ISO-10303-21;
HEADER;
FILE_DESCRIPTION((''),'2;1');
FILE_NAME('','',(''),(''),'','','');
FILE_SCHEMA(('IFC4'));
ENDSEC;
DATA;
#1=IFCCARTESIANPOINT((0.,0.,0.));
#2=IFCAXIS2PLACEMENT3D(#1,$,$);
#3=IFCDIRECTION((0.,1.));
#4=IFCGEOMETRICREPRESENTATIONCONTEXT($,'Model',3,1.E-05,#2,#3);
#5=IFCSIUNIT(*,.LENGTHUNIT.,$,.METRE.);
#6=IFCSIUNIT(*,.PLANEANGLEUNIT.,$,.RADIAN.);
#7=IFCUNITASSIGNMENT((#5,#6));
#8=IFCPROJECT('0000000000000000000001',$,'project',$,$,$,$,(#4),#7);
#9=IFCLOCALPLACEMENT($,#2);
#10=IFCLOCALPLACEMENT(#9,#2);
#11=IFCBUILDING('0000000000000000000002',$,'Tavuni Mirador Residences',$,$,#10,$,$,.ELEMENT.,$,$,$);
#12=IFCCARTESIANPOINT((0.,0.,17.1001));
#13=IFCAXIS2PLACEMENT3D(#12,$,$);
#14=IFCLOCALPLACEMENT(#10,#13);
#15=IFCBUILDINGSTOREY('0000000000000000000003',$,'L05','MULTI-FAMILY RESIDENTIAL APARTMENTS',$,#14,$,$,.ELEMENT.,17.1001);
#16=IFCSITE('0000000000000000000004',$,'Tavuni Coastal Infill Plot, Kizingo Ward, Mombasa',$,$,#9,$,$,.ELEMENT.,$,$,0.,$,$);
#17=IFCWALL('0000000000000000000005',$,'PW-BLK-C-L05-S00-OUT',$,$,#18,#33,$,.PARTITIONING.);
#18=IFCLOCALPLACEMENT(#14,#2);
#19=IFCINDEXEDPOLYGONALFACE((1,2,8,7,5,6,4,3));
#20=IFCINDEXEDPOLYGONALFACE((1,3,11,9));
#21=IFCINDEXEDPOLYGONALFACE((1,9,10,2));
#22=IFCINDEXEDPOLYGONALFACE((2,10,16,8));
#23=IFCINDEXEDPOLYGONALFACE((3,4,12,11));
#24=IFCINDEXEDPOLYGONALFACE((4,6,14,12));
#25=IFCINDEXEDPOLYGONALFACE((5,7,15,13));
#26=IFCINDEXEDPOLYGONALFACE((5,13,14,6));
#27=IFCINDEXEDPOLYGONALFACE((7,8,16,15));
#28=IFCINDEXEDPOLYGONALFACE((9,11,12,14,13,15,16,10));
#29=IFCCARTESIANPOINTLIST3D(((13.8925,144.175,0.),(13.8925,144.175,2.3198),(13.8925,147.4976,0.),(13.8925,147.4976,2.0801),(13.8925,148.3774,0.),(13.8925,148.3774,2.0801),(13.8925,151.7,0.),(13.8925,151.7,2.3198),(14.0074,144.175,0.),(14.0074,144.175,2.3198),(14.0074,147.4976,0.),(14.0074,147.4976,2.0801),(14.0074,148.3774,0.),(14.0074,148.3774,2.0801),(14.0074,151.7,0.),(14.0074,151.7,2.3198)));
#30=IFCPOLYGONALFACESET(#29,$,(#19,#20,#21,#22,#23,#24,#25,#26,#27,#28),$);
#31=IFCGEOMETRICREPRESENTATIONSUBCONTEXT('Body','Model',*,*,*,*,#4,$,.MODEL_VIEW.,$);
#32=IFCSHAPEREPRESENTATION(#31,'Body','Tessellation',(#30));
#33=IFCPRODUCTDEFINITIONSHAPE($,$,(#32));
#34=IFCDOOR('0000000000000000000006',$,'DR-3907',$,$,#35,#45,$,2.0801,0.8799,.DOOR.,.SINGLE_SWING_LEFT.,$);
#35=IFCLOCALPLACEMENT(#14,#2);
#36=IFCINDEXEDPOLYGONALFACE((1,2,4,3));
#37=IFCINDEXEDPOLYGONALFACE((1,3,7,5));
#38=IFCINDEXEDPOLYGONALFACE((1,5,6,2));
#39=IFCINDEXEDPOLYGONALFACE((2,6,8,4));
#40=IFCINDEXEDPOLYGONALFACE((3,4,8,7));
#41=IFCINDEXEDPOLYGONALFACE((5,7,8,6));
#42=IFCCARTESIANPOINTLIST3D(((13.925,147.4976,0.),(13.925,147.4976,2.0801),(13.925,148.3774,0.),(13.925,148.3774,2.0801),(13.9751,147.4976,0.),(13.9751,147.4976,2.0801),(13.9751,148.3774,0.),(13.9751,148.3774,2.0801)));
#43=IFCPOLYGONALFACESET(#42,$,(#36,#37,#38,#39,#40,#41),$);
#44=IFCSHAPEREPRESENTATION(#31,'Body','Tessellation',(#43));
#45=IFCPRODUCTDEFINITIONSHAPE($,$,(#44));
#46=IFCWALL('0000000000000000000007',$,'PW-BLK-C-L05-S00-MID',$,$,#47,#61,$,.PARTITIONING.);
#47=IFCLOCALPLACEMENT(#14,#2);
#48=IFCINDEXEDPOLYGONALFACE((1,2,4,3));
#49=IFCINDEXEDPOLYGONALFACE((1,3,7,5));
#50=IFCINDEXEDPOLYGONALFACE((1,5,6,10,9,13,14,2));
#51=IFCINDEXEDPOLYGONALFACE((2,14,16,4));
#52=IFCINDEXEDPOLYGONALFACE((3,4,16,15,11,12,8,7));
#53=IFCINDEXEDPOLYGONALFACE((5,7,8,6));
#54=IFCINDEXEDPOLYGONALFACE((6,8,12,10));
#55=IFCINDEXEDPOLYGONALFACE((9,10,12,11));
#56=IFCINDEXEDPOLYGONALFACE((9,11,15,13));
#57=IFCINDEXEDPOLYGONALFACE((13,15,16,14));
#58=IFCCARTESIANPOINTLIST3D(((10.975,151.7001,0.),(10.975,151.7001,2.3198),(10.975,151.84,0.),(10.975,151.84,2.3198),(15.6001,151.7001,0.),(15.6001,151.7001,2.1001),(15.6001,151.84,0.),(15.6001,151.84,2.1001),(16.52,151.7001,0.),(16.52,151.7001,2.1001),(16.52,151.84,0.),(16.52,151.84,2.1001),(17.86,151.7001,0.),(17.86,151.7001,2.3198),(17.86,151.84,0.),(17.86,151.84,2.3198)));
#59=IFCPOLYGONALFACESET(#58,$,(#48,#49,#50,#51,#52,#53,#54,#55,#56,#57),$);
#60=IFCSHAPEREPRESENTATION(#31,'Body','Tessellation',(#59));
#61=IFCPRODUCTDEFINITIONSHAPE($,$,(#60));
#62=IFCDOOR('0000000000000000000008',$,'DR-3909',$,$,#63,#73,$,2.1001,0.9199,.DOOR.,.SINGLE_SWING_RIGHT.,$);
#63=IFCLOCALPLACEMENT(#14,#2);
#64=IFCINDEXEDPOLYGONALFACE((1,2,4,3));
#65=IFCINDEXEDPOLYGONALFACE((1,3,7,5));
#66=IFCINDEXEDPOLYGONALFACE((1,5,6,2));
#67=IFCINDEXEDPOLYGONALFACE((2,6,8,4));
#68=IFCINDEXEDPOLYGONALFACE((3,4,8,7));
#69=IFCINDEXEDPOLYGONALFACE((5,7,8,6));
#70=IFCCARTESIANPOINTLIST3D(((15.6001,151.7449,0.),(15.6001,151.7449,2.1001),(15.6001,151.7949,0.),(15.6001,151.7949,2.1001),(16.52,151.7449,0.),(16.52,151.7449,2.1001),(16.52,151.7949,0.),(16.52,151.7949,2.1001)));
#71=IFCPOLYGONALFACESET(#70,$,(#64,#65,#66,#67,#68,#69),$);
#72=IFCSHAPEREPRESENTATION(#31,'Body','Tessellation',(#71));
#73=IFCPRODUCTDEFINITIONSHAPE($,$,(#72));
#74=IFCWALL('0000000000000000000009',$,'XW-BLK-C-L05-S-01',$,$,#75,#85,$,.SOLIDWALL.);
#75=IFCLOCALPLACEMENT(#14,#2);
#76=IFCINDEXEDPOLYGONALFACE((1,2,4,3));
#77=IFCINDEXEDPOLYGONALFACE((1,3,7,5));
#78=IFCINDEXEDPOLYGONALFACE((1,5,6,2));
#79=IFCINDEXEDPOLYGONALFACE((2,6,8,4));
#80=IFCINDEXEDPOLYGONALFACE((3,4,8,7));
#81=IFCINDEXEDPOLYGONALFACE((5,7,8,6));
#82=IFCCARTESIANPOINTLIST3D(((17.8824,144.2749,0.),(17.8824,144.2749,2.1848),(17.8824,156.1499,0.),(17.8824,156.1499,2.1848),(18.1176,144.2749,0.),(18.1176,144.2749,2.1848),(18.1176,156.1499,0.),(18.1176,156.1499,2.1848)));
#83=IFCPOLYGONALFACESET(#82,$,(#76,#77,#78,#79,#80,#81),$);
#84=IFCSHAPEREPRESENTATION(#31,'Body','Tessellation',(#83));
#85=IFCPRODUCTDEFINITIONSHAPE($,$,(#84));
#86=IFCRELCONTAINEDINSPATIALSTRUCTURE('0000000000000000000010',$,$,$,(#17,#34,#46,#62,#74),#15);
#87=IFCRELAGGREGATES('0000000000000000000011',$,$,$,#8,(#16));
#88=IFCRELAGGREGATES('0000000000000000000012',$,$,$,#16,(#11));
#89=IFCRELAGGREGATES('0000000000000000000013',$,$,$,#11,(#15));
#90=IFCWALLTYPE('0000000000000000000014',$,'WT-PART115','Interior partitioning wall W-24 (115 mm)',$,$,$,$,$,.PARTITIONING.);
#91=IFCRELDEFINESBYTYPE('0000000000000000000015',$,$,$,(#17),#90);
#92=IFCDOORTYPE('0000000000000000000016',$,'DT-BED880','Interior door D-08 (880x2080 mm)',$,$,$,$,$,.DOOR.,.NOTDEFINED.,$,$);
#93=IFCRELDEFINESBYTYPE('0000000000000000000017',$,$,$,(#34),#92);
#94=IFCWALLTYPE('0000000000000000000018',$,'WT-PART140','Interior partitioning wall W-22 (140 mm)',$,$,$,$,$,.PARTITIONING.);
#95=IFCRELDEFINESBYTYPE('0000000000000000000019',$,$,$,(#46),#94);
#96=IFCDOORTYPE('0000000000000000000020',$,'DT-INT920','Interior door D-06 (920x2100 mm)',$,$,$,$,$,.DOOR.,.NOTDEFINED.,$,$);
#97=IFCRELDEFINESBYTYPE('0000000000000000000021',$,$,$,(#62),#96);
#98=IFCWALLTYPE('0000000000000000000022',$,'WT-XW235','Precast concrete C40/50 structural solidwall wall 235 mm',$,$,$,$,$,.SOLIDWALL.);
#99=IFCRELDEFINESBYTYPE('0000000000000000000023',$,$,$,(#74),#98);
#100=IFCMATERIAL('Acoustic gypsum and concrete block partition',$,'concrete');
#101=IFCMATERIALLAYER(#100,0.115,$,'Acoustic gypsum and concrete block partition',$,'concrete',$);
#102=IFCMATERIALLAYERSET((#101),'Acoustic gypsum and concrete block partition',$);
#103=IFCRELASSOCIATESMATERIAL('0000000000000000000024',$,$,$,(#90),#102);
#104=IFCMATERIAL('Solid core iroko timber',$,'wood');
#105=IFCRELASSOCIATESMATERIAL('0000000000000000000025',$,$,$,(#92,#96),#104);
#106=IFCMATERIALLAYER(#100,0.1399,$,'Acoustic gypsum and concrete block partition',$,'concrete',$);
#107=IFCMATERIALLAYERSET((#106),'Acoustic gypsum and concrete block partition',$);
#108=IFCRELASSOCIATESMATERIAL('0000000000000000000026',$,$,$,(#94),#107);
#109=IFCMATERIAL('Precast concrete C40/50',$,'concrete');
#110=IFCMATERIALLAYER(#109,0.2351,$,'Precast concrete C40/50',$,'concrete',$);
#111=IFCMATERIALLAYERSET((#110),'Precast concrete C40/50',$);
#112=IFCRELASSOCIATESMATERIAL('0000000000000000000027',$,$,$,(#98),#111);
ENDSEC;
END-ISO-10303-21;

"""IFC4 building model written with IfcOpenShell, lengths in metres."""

from ifc_helpers import new_model, si_unit, direction, frame, frame_2d, origin, place, context, subcontext, project, spatial, rectangle, extrude, material, layer, layer_set, type_object, element, fill, save


model = new_model("IFC4")

# Units and contexts
model_context = context("Model", 3, precision=1e-05, world=origin(), true_north=direction((0.0, 1.0)))
body_context = subcontext(model_context, "Body", "Model", "MODEL_VIEW")
ifc_project = project(units=[si_unit("LENGTHUNIT", "METRE"), si_unit("PLANEANGLEUNIT", "RADIAN")], contexts=[model_context])

# Site, building, storey
site_placement = place(None, origin())
site = spatial("IfcSite", under=ifc_project, at=site_placement, Name="Tavuni Coastal Infill Plot, Kizingo Ward, Mombasa", CompositionType="ELEMENT", RefElevation=0.0)
building_placement = place(site_placement, origin())
building = spatial("IfcBuilding", under=site, at=building_placement, Name="Tavuni Mirador Residences", CompositionType="ELEMENT")
storey_placement = place(building_placement, frame((0.0, 0.0, 17.1001)))
storey = spatial("IfcBuildingStorey", under=building, at=storey_placement, Name="L05", Description="MULTI-FAMILY RESIDENTIAL APARTMENTS", CompositionType="ELEMENT", Elevation=17.1001)

# Shared definitions
ifc_material_1 = material(Name="Precast concrete C40/50", Category="concrete")

# Shared definitions
ifc_material_2 = material(Name="Solid core iroko timber", Category="wood")

# Walls, openings, doors
ifc_material_3 = material(Name="Acoustic gypsum and concrete block partition", Category="concrete")
ifc_layer_1 = layer(ifc_material_3, 0.115, Name="Acoustic gypsum and concrete block partition", Category="concrete")
ifc_layer_set_1 = layer_set([ifc_layer_1], Name="Acoustic gypsum and concrete block partition")
wall_type_1 = type_object("IfcWallType", Name="WT-PART115", Description="Interior partitioning wall W-24 (115 mm)", PredefinedType="PARTITIONING", material=ifc_layer_set_1)
wall_1_placement = place(storey_placement, frame((13.95, 144.175, 0.0), z_axis=(0.0, 0.0, 1.0), x_axis=(0.0, 1.0, 0.0)))
wall_1 = element("IfcWall", 1, at=wall_1_placement, inside=storey, type_object=wall_type_1, Name="PW-BLK-C-L05-S00-OUT", PredefinedType="PARTITIONING", context=body_context, shape_type="SweptSolid", body=[
    extrude(rectangle(XDim=7.5249, YDim=0.115, at=frame_2d((3.7625, 0.0))), origin(), (0.0, 0.0, 1.0), 2.3198),
])
opening_1_placement = place(wall_1_placement, frame((3.3225, 0.0, 0.0)))
opening_1 = element("IfcOpeningElement", 2, at=opening_1_placement, cuts=wall_1, PredefinedType="OPENING", context=body_context, shape_type="SweptSolid", body=[
    extrude(rectangle(XDim=0.8799, YDim=2.0801, at=frame_2d((0.4399, 1.04))), frame((0.0, 0.0674, 0.0), z_axis=(0.0, -1.0, 0.0), x_axis=(1.0, 0.0, 0.0)), (0.0, 0.0, 1.0), 0.135),
])
door_type_1 = type_object("IfcDoorType", Name="DT-BED880", Description="Interior door D-08 (880x2080 mm)", OperationType="NOTDEFINED", PredefinedType="DOOR", material=ifc_material_2)
door_1_placement = place(opening_1_placement, origin())
door_1 = element("IfcDoor", 3, at=door_1_placement, inside=storey, type_object=door_type_1, Name="DR-3907", OperationType="SINGLE_SWING_LEFT", OverallHeight=2.0801, OverallWidth=0.8799, PredefinedType="DOOR", context=body_context, shape_type="SweptSolid", body=[
    extrude(rectangle(XDim=0.8799, YDim=2.0801, at=frame_2d((0.4399, 1.04))), frame((0.0, 0.0249, 0.0), z_axis=(0.0, -1.0, 0.0), x_axis=(1.0, 0.0, 0.0)), (0.0, 0.0, 1.0), 0.05),
])
fill(opening_1, door_1)
ifc_layer_2 = layer(ifc_material_3, 0.1399, Name="Acoustic gypsum and concrete block partition", Category="concrete")
ifc_layer_set_2 = layer_set([ifc_layer_2], Name="Acoustic gypsum and concrete block partition")
wall_type_2 = type_object("IfcWallType", Name="WT-PART140", Description="Interior partitioning wall W-22 (140 mm)", PredefinedType="PARTITIONING", material=ifc_layer_set_2)
wall_2_placement = place(storey_placement, frame((10.9751, 151.77, 0.0), z_axis=(0.0, 0.0, 1.0), x_axis=(1.0, 0.0, 0.0)))
wall_2 = element("IfcWall", 4, at=wall_2_placement, inside=storey, type_object=wall_type_2, Name="PW-BLK-C-L05-S00-MID", PredefinedType="PARTITIONING", context=body_context, shape_type="SweptSolid", body=[
    extrude(rectangle(XDim=6.885, YDim=0.1399, at=frame_2d((3.4424, 0.0))), origin(), (0.0, 0.0, 1.0), 2.3198),
])
opening_2_placement = place(wall_2_placement, frame((4.625, 0.0, 0.0)))
opening_2 = element("IfcOpeningElement", 5, at=opening_2_placement, cuts=wall_2, PredefinedType="OPENING", context=body_context, shape_type="SweptSolid", body=[
    extrude(rectangle(XDim=0.9199, YDim=2.1001, at=frame_2d((0.46, 1.05))), frame((0.0, 0.0801, 0.0), z_axis=(0.0, -1.0, 0.0), x_axis=(1.0, 0.0, 0.0)), (0.0, 0.0, 1.0), 0.1599),
])
door_type_2 = type_object("IfcDoorType", Name="DT-INT920", Description="Interior door D-06 (920x2100 mm)", OperationType="NOTDEFINED", PredefinedType="DOOR", material=ifc_material_2)
door_2_placement = place(opening_2_placement, origin())
door_2 = element("IfcDoor", 6, at=door_2_placement, inside=storey, type_object=door_type_2, Name="DR-3909", OperationType="SINGLE_SWING_RIGHT", OverallHeight=2.1001, OverallWidth=0.9199, PredefinedType="DOOR", context=body_context, shape_type="SweptSolid", body=[
    extrude(rectangle(XDim=0.9199, YDim=2.1001, at=frame_2d((0.46, 1.05))), frame((0.0, 0.0249, 0.0), z_axis=(0.0, -1.0, 0.0), x_axis=(1.0, 0.0, 0.0)), (0.0, 0.0, 1.0), 0.05),
])
fill(opening_2, door_2)

# Wall
ifc_layer_3 = layer(ifc_material_1, 0.2351, Name="Precast concrete C40/50", Category="concrete")
ifc_layer_set_3 = layer_set([ifc_layer_3], Name="Precast concrete C40/50")
wall_type_3 = type_object("IfcWallType", Name="WT-XW235", Description="Precast concrete C40/50 structural solidwall wall 235 mm", PredefinedType="SOLIDWALL", material=ifc_layer_set_3)
wall_3_placement = place(storey_placement, frame((18.0, 144.2749, 0.0), z_axis=(0.0, 0.0, 1.0), x_axis=(0.0, 1.0, 0.0)))
element("IfcWall", 7, at=wall_3_placement, inside=storey, type_object=wall_type_3, Name="XW-BLK-C-L05-S-01", PredefinedType="SOLIDWALL", context=body_context, shape_type="SweptSolid", body=[
    extrude(rectangle(XDim=11.875, YDim=0.2351, at=frame_2d((5.9375, 0.0))), origin(), (0.0, 0.0, 1.0), 2.1848),
])

save(model, "model.ifc")
